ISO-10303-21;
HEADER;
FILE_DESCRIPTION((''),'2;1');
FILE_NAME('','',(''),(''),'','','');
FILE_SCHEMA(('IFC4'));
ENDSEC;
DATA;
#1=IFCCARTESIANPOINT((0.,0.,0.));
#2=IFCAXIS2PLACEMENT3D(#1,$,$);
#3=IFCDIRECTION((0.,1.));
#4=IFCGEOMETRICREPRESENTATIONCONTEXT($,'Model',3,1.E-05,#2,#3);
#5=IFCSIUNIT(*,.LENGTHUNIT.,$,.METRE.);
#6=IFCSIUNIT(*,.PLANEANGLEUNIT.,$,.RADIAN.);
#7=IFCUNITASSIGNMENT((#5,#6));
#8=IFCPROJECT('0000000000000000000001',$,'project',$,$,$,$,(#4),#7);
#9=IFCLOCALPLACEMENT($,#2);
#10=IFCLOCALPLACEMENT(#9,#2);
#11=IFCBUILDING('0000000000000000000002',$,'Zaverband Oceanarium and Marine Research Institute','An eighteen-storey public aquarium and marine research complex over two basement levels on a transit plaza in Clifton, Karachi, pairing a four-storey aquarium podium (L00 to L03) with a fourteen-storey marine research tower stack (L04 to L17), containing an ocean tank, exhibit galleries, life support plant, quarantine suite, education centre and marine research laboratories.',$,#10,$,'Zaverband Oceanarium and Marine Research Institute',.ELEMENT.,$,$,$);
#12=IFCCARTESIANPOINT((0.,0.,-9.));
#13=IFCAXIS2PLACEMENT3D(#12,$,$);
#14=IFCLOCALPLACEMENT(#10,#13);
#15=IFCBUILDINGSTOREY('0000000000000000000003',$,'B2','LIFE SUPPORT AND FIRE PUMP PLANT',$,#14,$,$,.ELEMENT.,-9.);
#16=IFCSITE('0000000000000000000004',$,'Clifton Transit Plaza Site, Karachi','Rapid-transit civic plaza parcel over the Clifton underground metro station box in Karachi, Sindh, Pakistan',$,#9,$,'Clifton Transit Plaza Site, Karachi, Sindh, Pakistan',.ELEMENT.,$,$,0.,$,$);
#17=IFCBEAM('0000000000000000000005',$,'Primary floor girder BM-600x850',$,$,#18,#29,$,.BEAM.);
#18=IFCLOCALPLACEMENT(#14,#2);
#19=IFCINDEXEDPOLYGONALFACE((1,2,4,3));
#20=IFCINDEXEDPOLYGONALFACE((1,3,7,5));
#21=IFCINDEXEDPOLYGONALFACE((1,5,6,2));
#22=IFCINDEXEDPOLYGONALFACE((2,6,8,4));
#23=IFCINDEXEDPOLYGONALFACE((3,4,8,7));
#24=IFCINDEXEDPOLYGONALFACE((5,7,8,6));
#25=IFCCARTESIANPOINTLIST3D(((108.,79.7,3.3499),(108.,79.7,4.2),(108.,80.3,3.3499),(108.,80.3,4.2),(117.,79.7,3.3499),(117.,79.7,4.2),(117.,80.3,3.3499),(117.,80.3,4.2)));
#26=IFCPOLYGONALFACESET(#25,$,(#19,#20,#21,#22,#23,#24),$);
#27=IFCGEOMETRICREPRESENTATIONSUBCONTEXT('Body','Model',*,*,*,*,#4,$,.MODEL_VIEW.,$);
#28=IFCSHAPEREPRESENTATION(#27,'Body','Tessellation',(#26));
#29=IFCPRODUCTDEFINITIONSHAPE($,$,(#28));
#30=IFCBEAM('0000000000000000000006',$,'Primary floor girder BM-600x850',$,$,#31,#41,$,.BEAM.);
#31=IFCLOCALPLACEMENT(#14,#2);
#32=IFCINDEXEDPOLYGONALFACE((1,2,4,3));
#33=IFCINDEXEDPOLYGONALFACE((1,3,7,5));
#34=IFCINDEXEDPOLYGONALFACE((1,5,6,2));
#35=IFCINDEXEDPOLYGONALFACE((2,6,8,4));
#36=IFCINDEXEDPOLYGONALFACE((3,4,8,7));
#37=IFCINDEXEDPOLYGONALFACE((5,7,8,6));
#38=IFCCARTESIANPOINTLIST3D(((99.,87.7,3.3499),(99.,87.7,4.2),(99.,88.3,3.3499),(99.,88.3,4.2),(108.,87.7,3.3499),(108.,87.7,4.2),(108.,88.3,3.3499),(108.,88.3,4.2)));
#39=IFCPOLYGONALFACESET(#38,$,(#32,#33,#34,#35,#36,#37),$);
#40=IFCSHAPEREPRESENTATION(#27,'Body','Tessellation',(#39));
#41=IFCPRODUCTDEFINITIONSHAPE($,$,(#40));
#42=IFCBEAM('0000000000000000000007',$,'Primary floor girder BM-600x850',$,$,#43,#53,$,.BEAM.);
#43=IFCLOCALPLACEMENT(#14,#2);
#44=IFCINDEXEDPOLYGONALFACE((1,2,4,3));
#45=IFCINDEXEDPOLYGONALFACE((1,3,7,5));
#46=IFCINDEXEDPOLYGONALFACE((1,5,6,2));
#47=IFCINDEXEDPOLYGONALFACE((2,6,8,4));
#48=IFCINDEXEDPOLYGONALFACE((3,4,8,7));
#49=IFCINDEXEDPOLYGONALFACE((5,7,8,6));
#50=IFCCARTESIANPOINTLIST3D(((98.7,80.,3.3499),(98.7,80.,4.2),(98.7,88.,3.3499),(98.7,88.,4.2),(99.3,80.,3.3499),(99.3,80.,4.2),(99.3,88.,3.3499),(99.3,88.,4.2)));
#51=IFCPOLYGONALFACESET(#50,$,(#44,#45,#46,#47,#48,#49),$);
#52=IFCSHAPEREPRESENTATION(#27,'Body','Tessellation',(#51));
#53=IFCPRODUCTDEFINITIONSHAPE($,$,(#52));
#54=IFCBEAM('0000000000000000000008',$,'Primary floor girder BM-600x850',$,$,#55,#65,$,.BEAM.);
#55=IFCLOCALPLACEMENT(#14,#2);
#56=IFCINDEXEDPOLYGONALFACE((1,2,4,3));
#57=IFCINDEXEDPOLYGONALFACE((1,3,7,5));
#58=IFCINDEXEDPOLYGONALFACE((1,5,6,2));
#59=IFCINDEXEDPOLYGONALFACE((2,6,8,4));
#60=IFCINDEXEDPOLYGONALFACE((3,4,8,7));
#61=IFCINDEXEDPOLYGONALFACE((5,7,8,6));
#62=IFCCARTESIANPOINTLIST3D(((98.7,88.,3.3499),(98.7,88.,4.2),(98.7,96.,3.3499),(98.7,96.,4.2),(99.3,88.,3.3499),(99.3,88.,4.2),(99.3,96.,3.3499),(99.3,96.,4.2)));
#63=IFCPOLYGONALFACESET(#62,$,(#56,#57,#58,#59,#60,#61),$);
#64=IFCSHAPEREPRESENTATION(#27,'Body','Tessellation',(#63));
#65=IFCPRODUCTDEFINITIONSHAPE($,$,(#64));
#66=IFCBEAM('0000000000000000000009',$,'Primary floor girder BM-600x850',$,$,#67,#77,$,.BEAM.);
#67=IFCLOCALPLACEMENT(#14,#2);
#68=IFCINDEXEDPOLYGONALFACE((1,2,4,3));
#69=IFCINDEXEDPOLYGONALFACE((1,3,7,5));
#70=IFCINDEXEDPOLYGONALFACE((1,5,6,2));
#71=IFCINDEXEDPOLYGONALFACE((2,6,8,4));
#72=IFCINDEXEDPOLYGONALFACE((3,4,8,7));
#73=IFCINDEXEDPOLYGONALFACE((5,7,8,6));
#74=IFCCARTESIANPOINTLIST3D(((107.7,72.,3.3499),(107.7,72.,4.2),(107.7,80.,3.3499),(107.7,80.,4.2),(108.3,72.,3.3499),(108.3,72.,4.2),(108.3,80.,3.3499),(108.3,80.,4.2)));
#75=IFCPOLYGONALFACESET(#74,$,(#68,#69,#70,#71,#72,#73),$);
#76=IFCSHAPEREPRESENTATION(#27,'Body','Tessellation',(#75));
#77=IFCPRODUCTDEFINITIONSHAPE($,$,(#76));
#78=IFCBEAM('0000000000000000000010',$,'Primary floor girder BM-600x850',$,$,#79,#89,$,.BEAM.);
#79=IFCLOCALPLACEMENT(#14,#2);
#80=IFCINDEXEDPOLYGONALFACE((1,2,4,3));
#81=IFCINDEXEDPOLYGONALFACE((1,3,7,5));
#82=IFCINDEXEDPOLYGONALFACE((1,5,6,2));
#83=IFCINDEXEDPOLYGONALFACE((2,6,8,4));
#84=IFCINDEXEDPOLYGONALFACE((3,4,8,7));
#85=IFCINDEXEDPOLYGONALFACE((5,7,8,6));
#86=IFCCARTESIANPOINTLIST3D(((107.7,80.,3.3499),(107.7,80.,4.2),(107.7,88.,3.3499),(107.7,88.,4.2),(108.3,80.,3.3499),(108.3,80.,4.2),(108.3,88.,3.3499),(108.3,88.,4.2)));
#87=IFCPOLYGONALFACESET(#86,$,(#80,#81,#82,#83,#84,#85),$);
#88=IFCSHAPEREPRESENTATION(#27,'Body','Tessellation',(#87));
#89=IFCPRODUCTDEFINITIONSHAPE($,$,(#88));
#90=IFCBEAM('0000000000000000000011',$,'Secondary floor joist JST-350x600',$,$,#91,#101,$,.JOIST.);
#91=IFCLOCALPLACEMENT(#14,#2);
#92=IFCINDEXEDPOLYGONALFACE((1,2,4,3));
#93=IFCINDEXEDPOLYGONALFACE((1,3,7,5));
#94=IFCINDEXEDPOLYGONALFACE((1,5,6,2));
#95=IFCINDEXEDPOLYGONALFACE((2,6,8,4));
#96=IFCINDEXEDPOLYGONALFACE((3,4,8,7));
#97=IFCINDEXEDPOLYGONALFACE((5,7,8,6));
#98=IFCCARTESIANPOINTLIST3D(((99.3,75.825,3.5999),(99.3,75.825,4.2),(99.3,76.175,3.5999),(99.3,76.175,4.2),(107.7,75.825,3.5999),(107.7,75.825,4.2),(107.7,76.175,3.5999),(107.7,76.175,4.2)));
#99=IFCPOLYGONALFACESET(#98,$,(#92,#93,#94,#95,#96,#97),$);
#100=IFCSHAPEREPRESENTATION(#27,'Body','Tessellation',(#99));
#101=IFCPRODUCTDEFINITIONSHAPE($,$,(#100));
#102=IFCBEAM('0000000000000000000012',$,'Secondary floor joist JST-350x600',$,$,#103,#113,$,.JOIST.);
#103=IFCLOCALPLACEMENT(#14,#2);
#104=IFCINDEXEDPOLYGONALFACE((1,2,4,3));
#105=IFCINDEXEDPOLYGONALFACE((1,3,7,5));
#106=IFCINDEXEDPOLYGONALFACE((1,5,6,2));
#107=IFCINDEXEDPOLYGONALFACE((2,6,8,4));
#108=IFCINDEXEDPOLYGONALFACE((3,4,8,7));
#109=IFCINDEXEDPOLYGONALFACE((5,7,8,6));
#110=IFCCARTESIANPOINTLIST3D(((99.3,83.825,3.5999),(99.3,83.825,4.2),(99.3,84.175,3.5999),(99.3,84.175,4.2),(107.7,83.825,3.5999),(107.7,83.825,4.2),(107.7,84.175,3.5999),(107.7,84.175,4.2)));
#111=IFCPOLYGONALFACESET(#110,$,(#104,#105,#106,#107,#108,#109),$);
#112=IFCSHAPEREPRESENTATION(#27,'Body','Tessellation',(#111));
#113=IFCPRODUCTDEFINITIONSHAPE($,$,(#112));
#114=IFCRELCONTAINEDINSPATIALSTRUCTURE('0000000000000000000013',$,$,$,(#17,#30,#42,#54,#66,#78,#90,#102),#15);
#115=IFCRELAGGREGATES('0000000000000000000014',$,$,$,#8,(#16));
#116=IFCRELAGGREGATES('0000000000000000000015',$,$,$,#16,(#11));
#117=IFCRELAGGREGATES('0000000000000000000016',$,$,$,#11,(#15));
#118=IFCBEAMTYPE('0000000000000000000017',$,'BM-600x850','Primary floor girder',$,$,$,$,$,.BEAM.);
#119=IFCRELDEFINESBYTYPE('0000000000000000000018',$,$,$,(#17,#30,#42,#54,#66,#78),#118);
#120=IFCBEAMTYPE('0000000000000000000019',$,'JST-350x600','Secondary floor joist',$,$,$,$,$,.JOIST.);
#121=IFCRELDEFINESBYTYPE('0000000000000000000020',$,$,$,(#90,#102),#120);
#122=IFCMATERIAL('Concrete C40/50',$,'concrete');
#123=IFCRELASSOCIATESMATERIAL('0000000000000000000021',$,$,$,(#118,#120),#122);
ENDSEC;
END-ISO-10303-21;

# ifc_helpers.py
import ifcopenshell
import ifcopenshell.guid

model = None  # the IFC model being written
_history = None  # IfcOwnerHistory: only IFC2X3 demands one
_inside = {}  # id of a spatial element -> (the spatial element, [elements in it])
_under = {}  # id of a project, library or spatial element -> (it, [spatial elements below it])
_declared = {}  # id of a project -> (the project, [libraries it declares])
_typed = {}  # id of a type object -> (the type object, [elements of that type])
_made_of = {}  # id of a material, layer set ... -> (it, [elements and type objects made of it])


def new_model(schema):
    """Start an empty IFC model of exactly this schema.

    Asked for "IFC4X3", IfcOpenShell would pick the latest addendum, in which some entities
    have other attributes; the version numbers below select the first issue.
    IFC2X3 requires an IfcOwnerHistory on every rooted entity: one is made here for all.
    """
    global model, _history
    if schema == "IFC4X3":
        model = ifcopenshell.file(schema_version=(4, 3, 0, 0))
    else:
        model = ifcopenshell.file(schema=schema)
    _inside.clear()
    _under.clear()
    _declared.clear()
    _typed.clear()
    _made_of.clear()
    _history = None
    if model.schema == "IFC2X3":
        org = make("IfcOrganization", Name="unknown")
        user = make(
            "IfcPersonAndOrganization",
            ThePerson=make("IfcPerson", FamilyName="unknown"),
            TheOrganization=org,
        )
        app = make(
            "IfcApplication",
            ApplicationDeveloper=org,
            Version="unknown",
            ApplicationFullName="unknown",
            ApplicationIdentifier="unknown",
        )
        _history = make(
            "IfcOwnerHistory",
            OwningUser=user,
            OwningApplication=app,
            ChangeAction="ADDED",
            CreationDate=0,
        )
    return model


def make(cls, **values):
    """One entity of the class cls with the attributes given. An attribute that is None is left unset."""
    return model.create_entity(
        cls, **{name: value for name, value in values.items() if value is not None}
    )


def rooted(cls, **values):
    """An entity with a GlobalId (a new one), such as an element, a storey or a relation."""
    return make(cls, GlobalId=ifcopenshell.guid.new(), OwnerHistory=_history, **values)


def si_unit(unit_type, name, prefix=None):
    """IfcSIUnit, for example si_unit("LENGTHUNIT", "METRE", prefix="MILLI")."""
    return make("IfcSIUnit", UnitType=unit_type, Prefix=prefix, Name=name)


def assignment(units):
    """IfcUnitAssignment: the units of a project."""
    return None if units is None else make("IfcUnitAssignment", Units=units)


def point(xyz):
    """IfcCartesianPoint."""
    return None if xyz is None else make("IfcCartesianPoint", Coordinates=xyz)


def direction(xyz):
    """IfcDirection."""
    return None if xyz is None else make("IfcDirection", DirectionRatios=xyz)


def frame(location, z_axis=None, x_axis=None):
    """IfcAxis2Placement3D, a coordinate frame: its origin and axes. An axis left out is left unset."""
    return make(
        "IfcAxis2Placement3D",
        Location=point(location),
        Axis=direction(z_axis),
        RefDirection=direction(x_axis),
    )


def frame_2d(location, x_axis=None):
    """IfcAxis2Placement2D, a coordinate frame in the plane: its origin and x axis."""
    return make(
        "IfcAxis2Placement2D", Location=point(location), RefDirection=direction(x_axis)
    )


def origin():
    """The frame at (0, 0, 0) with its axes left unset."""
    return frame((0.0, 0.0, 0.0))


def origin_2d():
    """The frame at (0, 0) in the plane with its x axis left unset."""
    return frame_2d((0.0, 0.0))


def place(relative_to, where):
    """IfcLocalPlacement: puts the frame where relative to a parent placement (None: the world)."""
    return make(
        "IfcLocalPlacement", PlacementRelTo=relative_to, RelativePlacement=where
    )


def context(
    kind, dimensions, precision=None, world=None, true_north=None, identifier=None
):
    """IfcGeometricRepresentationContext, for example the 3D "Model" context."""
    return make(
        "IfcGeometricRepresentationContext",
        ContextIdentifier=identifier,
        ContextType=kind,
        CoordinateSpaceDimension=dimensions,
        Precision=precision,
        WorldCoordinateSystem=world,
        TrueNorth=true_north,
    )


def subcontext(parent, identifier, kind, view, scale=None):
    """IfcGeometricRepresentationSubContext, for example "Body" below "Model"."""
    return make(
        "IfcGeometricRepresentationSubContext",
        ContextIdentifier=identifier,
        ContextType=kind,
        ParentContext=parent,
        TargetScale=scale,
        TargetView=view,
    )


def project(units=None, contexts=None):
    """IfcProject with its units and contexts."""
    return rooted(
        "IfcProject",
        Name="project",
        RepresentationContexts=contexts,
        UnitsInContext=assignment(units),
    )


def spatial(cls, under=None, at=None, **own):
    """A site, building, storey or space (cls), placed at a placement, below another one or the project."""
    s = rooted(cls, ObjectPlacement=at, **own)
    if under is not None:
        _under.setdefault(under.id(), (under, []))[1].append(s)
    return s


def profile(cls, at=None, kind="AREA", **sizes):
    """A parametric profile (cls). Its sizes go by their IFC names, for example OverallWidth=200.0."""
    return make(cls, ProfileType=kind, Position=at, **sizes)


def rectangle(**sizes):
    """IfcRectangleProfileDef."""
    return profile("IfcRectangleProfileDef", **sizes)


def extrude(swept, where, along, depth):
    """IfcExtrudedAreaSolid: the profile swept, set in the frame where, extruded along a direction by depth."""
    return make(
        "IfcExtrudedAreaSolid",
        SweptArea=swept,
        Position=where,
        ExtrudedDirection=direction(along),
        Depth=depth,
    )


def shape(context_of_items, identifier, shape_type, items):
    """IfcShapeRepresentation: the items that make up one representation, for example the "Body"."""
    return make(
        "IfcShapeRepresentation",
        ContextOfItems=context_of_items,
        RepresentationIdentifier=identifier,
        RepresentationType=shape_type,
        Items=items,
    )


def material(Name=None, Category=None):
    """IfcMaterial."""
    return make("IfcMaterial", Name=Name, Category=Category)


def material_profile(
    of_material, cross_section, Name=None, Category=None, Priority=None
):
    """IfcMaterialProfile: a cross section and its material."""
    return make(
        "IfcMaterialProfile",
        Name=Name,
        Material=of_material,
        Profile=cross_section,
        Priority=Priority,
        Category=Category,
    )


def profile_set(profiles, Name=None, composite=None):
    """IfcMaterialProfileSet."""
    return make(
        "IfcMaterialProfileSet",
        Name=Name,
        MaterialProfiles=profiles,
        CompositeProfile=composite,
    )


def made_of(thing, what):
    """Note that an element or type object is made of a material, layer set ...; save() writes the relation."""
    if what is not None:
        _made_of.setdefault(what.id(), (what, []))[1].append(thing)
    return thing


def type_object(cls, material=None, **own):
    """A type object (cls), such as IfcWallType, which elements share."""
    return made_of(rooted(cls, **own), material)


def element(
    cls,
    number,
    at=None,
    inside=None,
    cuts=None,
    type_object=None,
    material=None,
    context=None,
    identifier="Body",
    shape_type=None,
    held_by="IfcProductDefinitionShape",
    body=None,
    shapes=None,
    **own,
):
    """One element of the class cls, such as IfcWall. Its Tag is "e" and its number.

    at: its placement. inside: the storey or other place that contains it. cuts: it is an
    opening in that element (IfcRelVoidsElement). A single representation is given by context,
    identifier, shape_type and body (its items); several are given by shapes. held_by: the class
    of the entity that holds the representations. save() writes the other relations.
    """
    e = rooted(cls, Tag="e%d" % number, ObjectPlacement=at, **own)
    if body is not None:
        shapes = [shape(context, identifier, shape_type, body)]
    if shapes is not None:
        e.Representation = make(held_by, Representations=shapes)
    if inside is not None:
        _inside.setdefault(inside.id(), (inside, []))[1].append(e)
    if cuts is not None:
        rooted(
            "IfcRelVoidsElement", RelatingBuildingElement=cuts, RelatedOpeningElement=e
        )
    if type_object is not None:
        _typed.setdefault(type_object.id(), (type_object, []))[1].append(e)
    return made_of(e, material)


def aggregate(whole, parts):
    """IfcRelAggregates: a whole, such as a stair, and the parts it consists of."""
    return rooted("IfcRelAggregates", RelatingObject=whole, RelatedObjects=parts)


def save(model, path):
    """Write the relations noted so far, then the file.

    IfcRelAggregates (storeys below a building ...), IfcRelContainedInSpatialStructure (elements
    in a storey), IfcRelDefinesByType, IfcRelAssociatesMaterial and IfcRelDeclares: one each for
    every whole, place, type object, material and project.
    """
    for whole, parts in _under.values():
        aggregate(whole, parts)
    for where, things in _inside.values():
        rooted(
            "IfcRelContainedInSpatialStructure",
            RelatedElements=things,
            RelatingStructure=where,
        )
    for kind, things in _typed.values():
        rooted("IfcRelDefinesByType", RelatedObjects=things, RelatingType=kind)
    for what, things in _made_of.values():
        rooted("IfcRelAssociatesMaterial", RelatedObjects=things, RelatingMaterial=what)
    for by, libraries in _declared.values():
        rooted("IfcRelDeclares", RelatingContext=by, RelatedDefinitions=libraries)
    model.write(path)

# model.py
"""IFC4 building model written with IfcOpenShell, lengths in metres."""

from ifc_helpers import new_model, si_unit, direction, frame, origin, origin_2d, place, context, subcontext, project, spatial, rectangle, extrude, material, material_profile, profile_set, type_object, element, save


model = new_model("IFC4")

# Units and contexts
model_context = context("Model", 3, precision=1e-05, world=origin(), true_north=direction((0.0, 1.0)))
body_context = subcontext(model_context, "Body", "Model", "MODEL_VIEW")
ifc_project = project(units=[si_unit("LENGTHUNIT", "METRE"), si_unit("PLANEANGLEUNIT", "RADIAN")], contexts=[model_context])

# Site, building, storey
site_placement = place(None, origin())
site = spatial("IfcSite", under=ifc_project, at=site_placement, Name="Clifton Transit Plaza Site, Karachi", Description="Rapid-transit civic plaza parcel over the Clifton underground metro station box in Karachi, Sindh, Pakistan", LongName="Clifton Transit Plaza Site, Karachi, Sindh, Pakistan", CompositionType="ELEMENT", RefElevation=0.0)
building_placement = place(site_placement, origin())
building = spatial("IfcBuilding", under=site, at=building_placement, Name="Zaverband Oceanarium and Marine Research Institute", Description="An eighteen-storey public aquarium and marine research complex over two basement levels on a transit plaza in Clifton, Karachi, pairing a four-storey aquarium podium (L00 to L03) with a fourteen-storey marine research tower stack (L04 to L17), containing an ocean tank, exhibit galleries, life support plant, quarantine suite, education centre and marine research laboratories.", LongName="Zaverband Oceanarium and Marine Research Institute", CompositionType="ELEMENT")
storey_placement = place(building_placement, frame((0.0, 0.0, -9.0)))
storey = spatial("IfcBuildingStorey", under=building, at=storey_placement, Name="B2", Description="LIFE SUPPORT AND FIRE PUMP PLANT", CompositionType="ELEMENT", Elevation=-9.0)

# Beams
ifc_material_1 = material(Name="Concrete C40/50", Category="concrete")
ifc_material_profile_1 = material_profile(ifc_material_1, rectangle(XDim=0.6001, YDim=0.8501, at=origin_2d()), Name="RC600x850")
ifc_profile_set_1 = profile_set([ifc_material_profile_1], Name="Concrete C40/50")
beam_type_1 = type_object("IfcBeamType", Name="BM-600x850", Description="Primary floor girder", PredefinedType="BEAM", material=ifc_profile_set_1)
for number, where, z_axis, x_axis, name in (
    (1, (108.0, 80.0, 3.7749), (1.0, 0.0, 0.0), (0.0, 1.0, 0.0), "Primary floor girder BM-600x850"),
    (2, (99.0, 88.0, 3.7749), (1.0, 0.0, 0.0), (0.0, 1.0, 0.0), "Primary floor girder BM-600x850"),
):
    element("IfcBeam", number, at=place(storey_placement, frame(where, z_axis=z_axis, x_axis=x_axis)), inside=storey, type_object=beam_type_1, Name=name, PredefinedType="BEAM", context=body_context, shape_type="SweptSolid", body=[
        extrude(rectangle(XDim=0.6001, YDim=0.8501, at=origin_2d()), origin(), (0.0, 0.0, 1.0), 9.0),
    ])
for number, where, z_axis, x_axis, name in (
    (3, (99.0, 80.0, 3.7749), (0.0, 1.0, 0.0), (-1.0, 0.0, 0.0), "Primary floor girder BM-600x850"),
    (4, (99.0, 88.0, 3.7749), (0.0, 1.0, 0.0), (-1.0, 0.0, 0.0), "Primary floor girder BM-600x850"),
    (5, (108.0, 72.0, 3.7749), (0.0, 1.0, 0.0), (-1.0, 0.0, 0.0), "Primary floor girder BM-600x850"),
    (6, (108.0, 80.0, 3.7749), (0.0, 1.0, 0.0), (-1.0, 0.0, 0.0), "Primary floor girder BM-600x850"),
):
    element("IfcBeam", number, at=place(storey_placement, frame(where, z_axis=z_axis, x_axis=x_axis)), inside=storey, type_object=beam_type_1, Name=name, PredefinedType="BEAM", context=body_context, shape_type="SweptSolid", body=[
        extrude(rectangle(XDim=0.6001, YDim=0.8501, at=origin_2d()), origin(), (0.0, 0.0, 1.0), 8.0),
    ])
ifc_material_profile_2 = material_profile(ifc_material_1, rectangle(XDim=0.3501, YDim=0.6001, at=origin_2d()), Name="RC350x600")
ifc_profile_set_2 = profile_set([ifc_material_profile_2], Name="Concrete C40/50")
beam_type_2 = type_object("IfcBeamType", Name="JST-350x600", Description="Secondary floor joist", PredefinedType="JOIST", material=ifc_profile_set_2)
for number, where, z_axis, x_axis, name in (
    (7, (99.3, 76.0, 3.8999), (1.0, 0.0, 0.0), (0.0, 1.0, 0.0), "Secondary floor joist JST-350x600"),
    (8, (99.3, 84.0, 3.8999), (1.0, 0.0, 0.0), (0.0, 1.0, 0.0), "Secondary floor joist JST-350x600"),
):
    element("IfcBeam", number, at=place(storey_placement, frame(where, z_axis=z_axis, x_axis=x_axis)), inside=storey, type_object=beam_type_2, Name=name, PredefinedType="JOIST", context=body_context, shape_type="SweptSolid", body=[
        extrude(rectangle(XDim=0.3501, YDim=0.6001, at=origin_2d()), origin(), (0.0, 0.0, 1.0), 8.3999),
    ])

save(model, "model.ifc")
